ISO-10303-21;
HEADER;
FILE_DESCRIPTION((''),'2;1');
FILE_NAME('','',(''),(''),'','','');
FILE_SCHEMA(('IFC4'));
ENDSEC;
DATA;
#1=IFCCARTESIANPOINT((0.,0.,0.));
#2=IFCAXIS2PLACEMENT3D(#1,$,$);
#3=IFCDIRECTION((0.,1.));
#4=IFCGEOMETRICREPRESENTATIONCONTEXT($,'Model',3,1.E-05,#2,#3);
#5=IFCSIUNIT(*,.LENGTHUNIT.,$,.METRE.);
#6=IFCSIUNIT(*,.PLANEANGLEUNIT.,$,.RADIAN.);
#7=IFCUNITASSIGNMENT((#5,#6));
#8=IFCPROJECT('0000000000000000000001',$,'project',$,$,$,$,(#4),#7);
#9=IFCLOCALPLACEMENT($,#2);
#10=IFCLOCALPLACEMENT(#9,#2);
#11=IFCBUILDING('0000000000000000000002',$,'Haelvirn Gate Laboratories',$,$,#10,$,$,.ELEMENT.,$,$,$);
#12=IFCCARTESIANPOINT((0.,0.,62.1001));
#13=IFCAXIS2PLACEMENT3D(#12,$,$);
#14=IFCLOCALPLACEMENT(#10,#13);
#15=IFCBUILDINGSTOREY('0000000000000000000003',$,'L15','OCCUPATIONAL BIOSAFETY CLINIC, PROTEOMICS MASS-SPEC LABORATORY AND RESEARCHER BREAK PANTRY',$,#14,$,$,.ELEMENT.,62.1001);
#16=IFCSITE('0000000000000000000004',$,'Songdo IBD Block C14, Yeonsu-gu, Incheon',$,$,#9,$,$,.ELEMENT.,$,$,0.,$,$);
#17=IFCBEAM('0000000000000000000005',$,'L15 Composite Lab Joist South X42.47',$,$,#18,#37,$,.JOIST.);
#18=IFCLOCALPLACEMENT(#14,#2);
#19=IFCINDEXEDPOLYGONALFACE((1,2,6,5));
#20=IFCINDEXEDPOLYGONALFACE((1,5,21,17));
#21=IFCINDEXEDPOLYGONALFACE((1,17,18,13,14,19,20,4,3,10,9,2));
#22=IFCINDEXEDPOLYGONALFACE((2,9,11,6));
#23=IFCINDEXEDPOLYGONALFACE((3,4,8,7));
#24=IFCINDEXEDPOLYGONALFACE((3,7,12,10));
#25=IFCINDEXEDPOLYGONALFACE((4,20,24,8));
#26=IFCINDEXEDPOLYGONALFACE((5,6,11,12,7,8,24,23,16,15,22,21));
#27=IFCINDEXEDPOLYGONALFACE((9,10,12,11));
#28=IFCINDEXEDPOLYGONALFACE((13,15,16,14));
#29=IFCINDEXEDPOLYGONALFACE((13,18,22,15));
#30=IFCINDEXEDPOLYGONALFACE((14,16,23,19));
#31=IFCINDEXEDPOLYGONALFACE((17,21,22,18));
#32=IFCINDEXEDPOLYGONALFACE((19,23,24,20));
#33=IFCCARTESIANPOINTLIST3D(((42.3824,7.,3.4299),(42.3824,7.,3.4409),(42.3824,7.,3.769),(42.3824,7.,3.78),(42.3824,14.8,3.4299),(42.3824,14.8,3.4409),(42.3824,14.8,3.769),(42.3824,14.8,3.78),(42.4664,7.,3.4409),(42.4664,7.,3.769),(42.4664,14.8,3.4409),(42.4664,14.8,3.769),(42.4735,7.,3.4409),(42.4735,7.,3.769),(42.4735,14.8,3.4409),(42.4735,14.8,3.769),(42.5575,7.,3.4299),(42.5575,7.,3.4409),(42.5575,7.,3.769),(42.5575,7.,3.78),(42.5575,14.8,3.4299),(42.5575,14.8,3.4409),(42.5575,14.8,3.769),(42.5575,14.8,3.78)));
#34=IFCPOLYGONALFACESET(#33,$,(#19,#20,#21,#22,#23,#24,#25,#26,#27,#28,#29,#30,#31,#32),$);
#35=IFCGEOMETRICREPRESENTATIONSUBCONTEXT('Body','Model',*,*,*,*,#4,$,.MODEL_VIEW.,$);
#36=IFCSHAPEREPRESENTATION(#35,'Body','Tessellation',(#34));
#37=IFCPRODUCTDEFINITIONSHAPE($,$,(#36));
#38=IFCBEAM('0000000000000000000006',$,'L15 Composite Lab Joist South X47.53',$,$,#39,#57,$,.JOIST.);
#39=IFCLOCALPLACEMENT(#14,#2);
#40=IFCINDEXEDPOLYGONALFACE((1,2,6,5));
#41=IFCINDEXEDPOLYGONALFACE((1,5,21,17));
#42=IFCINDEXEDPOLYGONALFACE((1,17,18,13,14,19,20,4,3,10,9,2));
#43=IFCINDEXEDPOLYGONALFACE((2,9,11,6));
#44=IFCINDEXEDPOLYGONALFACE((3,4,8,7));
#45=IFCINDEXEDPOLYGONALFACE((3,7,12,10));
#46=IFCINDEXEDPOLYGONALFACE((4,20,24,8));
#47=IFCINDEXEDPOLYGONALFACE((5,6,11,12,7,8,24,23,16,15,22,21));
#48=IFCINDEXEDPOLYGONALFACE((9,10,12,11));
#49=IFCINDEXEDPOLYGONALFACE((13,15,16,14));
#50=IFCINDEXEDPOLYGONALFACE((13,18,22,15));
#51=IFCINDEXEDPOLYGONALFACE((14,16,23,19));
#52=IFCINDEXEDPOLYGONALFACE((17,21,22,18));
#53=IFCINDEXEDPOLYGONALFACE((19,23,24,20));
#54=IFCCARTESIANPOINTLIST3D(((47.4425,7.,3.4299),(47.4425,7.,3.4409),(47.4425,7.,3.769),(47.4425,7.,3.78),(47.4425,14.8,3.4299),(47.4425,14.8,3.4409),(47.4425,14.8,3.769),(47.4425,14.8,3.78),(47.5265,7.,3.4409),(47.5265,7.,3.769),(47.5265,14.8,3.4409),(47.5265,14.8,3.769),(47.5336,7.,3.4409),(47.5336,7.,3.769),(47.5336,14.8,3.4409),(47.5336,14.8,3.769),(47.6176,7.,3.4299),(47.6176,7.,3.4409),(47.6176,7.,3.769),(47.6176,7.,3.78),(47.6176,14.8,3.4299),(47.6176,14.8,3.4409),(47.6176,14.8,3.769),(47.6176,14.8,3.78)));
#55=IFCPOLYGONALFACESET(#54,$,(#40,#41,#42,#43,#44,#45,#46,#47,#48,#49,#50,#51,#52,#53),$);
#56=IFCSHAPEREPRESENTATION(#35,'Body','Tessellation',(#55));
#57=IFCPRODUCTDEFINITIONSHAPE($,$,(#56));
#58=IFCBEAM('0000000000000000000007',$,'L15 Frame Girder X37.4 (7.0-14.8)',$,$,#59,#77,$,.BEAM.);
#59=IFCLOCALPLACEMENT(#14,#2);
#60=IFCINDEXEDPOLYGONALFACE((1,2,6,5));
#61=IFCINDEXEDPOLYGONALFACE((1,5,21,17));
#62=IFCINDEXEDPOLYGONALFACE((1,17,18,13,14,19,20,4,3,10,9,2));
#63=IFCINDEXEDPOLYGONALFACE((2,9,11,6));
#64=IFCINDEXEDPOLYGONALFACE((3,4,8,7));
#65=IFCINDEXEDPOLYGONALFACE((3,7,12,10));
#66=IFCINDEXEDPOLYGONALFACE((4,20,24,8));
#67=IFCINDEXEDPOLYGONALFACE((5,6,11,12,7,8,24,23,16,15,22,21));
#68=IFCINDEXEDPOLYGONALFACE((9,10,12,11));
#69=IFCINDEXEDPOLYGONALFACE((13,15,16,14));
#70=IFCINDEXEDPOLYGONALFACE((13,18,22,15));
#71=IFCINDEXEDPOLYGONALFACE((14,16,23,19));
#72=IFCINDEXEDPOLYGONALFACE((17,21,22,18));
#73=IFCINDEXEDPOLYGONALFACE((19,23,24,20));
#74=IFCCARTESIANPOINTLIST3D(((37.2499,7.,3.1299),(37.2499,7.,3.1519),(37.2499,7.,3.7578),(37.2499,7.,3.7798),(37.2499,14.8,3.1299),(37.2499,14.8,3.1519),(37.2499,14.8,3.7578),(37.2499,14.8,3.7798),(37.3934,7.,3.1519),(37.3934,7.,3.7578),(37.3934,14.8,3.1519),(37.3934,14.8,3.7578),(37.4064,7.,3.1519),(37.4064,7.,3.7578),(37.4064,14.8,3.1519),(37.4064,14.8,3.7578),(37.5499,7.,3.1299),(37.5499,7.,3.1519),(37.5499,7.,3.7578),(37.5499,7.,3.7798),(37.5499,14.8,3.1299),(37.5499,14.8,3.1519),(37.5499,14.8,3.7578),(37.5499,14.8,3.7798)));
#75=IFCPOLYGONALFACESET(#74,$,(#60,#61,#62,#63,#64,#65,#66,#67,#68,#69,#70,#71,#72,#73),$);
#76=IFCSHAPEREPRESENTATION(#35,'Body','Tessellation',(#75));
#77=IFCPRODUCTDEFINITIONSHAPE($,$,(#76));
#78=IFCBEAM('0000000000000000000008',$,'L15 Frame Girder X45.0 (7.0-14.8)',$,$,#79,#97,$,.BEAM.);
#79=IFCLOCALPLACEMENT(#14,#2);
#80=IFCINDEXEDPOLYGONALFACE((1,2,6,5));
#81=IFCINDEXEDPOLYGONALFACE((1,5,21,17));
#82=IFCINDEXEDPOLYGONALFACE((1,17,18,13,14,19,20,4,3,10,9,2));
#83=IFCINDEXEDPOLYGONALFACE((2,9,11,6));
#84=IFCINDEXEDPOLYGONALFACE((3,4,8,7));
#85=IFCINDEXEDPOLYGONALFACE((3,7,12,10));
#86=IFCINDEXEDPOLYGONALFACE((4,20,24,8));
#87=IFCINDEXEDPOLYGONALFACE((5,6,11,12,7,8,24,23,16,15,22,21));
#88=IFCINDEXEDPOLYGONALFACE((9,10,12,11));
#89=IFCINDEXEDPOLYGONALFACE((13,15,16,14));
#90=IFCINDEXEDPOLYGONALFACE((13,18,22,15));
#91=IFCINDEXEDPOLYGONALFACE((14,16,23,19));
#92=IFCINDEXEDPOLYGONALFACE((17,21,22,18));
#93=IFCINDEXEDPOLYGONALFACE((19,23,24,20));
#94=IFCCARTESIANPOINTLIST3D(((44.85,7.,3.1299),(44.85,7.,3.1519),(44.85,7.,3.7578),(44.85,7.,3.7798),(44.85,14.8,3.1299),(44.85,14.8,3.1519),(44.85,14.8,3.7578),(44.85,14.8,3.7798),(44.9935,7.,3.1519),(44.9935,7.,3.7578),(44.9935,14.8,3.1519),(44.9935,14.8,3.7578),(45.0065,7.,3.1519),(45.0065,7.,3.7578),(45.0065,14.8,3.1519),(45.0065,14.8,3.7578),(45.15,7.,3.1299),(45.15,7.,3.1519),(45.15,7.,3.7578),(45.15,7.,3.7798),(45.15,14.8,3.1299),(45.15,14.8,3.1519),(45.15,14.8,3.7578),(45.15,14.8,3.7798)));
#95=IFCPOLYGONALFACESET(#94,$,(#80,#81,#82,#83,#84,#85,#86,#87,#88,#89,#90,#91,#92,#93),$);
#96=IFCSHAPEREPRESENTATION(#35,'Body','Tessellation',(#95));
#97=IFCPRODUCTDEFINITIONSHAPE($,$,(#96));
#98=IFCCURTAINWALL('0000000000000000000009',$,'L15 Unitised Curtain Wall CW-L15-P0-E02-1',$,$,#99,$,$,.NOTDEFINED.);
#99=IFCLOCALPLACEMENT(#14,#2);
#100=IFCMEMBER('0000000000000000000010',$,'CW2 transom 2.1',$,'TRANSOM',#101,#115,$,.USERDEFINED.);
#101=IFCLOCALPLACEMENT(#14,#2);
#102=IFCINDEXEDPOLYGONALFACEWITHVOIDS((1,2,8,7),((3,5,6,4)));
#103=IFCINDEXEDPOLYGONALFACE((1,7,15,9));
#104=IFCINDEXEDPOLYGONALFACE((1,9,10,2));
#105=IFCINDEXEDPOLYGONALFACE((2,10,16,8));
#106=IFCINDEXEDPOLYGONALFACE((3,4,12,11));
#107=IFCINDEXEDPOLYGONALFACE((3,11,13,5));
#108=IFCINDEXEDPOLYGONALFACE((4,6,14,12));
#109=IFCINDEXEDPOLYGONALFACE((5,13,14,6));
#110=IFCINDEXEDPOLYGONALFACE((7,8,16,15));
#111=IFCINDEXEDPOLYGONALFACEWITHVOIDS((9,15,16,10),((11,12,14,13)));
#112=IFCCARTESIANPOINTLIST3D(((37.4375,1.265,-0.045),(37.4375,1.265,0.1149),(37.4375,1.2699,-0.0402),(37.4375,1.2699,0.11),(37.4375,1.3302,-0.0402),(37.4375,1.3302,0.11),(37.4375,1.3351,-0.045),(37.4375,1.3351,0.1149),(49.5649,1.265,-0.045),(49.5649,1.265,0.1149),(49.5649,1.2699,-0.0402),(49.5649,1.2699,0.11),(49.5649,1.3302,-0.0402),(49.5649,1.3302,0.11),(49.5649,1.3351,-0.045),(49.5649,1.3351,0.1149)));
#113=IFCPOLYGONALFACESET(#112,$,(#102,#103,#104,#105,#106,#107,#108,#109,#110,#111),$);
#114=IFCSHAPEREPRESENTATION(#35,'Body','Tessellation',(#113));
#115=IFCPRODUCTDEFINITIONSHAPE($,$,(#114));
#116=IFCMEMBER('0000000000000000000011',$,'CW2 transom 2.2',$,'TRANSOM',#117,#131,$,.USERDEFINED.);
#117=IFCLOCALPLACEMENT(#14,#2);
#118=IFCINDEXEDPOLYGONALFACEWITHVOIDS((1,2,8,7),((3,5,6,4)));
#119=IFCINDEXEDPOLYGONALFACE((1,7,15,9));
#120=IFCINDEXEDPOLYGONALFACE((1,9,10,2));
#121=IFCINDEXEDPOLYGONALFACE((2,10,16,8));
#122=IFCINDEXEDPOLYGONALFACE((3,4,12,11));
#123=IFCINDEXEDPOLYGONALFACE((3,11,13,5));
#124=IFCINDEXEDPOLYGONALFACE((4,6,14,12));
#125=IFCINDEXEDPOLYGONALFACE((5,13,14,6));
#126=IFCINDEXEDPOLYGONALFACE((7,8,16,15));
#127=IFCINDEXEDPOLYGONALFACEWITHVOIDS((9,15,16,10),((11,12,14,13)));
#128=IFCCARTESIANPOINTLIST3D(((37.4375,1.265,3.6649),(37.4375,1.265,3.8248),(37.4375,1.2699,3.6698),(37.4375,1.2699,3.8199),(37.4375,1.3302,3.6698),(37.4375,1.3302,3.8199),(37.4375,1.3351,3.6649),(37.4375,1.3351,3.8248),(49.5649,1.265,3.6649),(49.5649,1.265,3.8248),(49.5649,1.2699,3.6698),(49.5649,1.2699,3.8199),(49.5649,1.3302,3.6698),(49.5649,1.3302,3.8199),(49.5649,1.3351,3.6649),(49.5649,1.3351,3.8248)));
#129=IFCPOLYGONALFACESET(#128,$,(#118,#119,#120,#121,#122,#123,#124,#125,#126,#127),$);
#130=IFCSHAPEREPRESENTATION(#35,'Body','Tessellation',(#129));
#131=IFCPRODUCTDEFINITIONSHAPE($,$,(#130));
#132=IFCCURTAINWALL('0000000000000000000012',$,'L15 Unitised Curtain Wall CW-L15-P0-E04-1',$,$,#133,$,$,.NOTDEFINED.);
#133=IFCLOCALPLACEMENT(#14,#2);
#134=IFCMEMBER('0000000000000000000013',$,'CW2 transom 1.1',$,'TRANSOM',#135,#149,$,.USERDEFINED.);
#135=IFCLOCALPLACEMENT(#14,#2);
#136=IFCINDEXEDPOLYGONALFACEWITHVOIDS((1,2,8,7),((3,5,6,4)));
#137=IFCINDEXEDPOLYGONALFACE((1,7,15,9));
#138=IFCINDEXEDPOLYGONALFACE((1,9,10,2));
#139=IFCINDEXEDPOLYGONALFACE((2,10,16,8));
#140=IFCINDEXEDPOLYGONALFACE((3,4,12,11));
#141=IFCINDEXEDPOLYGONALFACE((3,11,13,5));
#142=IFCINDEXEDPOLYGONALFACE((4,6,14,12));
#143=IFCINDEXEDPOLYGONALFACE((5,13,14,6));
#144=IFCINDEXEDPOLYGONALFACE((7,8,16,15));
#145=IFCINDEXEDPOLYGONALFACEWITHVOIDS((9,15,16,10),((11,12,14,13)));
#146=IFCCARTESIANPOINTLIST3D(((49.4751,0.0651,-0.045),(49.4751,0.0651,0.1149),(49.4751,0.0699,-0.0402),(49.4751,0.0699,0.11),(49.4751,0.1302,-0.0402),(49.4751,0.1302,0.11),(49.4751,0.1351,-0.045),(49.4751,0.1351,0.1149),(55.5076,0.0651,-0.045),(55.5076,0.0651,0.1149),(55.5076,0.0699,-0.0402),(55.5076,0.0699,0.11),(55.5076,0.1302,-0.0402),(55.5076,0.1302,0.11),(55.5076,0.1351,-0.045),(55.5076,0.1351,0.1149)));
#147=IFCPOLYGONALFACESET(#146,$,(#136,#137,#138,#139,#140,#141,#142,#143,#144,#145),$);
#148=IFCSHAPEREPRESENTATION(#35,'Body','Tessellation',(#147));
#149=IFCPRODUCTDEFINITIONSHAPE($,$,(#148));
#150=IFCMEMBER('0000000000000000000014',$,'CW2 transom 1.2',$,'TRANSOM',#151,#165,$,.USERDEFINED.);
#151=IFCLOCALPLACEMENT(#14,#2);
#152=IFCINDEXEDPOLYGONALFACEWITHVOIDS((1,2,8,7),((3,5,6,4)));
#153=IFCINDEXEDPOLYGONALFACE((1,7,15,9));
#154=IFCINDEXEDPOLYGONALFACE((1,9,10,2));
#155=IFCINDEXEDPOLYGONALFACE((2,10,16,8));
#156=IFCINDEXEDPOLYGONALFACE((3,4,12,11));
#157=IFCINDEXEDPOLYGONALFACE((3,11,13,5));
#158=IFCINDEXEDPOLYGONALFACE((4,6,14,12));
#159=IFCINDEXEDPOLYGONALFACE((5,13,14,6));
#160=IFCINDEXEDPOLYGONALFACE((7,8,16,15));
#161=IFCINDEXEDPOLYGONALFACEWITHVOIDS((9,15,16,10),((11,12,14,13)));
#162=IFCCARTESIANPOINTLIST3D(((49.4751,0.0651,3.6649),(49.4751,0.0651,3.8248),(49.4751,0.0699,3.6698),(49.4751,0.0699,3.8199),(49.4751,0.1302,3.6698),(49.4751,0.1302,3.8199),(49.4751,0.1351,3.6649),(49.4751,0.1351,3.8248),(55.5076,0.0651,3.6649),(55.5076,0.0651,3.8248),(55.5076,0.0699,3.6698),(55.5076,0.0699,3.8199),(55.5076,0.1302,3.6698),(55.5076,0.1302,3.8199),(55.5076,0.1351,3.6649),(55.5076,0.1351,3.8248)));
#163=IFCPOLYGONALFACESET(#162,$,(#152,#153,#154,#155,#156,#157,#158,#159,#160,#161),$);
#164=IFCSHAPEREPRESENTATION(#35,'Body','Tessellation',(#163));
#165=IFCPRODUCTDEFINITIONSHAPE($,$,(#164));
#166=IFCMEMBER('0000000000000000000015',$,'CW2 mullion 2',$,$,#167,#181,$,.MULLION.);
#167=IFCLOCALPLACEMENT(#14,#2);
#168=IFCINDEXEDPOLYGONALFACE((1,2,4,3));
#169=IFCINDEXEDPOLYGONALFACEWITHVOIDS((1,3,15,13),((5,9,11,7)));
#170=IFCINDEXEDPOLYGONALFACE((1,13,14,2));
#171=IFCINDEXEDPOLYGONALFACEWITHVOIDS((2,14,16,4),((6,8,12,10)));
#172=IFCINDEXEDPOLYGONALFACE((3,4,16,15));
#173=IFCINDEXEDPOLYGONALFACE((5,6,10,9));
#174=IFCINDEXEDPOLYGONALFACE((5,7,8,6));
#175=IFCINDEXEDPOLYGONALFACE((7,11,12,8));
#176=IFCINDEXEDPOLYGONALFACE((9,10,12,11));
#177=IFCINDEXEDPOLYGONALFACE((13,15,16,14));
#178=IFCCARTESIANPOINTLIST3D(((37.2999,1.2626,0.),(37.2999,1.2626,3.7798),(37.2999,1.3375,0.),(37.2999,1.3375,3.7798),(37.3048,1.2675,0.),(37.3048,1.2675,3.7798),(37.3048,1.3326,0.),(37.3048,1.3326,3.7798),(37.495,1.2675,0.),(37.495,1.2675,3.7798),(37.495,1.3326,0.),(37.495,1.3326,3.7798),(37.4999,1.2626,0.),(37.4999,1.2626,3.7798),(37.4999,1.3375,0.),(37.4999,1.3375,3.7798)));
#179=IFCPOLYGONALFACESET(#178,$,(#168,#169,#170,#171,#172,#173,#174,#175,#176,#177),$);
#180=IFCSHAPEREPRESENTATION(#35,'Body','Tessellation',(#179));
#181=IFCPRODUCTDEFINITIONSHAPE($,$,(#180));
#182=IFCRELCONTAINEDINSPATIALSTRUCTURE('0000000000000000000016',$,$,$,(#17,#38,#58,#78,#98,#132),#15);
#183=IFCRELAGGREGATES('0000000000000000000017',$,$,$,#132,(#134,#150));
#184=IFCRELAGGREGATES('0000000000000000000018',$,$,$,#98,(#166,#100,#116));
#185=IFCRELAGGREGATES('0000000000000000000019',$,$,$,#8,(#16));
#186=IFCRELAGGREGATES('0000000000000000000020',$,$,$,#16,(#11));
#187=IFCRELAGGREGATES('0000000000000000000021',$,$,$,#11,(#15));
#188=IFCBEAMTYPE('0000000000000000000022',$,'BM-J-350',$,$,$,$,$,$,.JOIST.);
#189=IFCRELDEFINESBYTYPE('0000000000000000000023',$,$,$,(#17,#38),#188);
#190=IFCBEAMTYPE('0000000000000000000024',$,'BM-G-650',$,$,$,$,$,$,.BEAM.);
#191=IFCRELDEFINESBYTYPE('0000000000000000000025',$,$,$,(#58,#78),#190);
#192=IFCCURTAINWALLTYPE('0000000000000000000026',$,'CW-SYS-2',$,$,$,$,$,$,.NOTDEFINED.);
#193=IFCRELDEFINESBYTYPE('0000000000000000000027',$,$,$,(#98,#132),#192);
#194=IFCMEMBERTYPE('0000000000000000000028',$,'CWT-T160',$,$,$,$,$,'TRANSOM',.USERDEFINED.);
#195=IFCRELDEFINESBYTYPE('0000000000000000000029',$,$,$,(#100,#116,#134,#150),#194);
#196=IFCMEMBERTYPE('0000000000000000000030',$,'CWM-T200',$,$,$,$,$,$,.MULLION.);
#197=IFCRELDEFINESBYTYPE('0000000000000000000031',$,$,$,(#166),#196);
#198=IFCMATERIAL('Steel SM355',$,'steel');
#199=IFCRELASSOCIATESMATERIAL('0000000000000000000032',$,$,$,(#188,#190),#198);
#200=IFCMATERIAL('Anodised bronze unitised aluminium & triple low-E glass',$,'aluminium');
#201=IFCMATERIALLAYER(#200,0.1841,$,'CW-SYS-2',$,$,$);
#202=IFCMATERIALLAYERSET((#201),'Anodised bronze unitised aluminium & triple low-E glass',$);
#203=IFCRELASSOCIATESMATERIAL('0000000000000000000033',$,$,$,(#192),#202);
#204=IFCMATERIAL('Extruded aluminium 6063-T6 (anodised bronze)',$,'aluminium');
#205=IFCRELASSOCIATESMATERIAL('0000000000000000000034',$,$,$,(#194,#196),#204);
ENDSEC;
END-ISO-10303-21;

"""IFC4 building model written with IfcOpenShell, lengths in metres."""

from ifc_helpers import new_model, si_unit, direction, frame, origin, origin_2d, place, context, subcontext, project, spatial, hollow_rectangle, i_section, extrude, source, transform, mapped, material, layer, layer_set, material_profile, profile_set, type_object, type_shapes, element, aggregate, save


model = new_model("IFC4")

# Units and contexts
model_context = context("Model", 3, precision=1e-05, world=origin(), true_north=direction((0.0, 1.0)))
body_context = subcontext(model_context, "Body", "Model", "MODEL_VIEW")
ifc_project = project(units=[si_unit("LENGTHUNIT", "METRE"), si_unit("PLANEANGLEUNIT", "RADIAN")], contexts=[model_context])

# Site, building, storey
site_placement = place(None, origin())
site = spatial("IfcSite", under=ifc_project, at=site_placement, Name="Songdo IBD Block C14, Yeonsu-gu, Incheon", CompositionType="ELEMENT", RefElevation=0.0)
building_placement = place(site_placement, origin())
building = spatial("IfcBuilding", under=site, at=building_placement, Name="Haelvirn Gate Laboratories", CompositionType="ELEMENT")
storey_placement = place(building_placement, frame((0.0, 0.0, 62.1001)))
storey = spatial("IfcBuildingStorey", under=building, at=storey_placement, Name="L15", Description="OCCUPATIONAL BIOSAFETY CLINIC, PROTEOMICS MASS-SPEC LABORATORY AND RESEARCHER BREAK PANTRY", CompositionType="ELEMENT", Elevation=62.1001)

# Beams
ifc_material_1 = material(Name="Steel SM355", Category="steel")
ifc_material_profile_1 = material_profile(ifc_material_1, i_section(OverallWidth=0.175, OverallDepth=0.3501, WebThickness=0.0071, FlangeThickness=0.011, at=origin_2d()), Name="H-350x175x7x11")
ifc_profile_set_1 = profile_set([ifc_material_profile_1], Name="Steel SM355")
beam_type_1 = type_object("IfcBeamType", Name="BM-J-350", PredefinedType="JOIST", material=ifc_profile_set_1)
shared_shape_1 = source(origin(), body_context, "Body", "SweptSolid", [
    extrude(i_section(OverallWidth=0.175, OverallDepth=0.3501, WebThickness=0.0071, FlangeThickness=0.011, at=origin_2d()), origin(), (0.0, 0.0, 1.0), 7.8),
])
type_shapes(beam_type_1, [shared_shape_1])
for number, where, z_axis, x_axis, name in (
    (1, (42.47, 7.0, 3.605), (0.0, 1.0, 0.0), (-1.0, 0.0, 0.0), "L15 Composite Lab Joist South X42.47"),
    (2, (47.53, 7.0, 3.605), (0.0, 1.0, 0.0), (-1.0, 0.0, 0.0), "L15 Composite Lab Joist South X47.53"),
):
    element("IfcBeam", number, at=place(storey_placement, frame(where, z_axis=z_axis, x_axis=x_axis)), inside=storey, type_object=beam_type_1, Name=name, PredefinedType="JOIST", context=body_context, shape_type="MappedRepresentation", body=[
        mapped(shared_shape_1, transform((0.0, 0.0, 0.0), scale=1.0)),
    ])
ifc_material_profile_2 = material_profile(ifc_material_1, i_section(OverallWidth=0.3, OverallDepth=0.6499, WebThickness=0.0129, FlangeThickness=0.022, at=origin_2d()), Name="H-650x300x13x22")
ifc_profile_set_2 = profile_set([ifc_material_profile_2], Name="Steel SM355")
beam_type_2 = type_object("IfcBeamType", Name="BM-G-650", PredefinedType="BEAM", material=ifc_profile_set_2)
shared_shape_2 = source(origin(), body_context, "Body", "SweptSolid", [
    extrude(i_section(OverallWidth=0.3, OverallDepth=0.6499, WebThickness=0.0129, FlangeThickness=0.022, at=origin_2d()), origin(), (0.0, 0.0, 1.0), 7.8),
])
type_shapes(beam_type_2, [shared_shape_2])
for number, where, z_axis, x_axis, name in (
    (3, (37.3999, 7.0, 3.4548), (0.0, 1.0, 0.0), (-1.0, 0.0, 0.0), "L15 Frame Girder X37.4 (7.0-14.8)"),
    (4, (45.0, 7.0, 3.4548), (0.0, 1.0, 0.0), (-1.0, 0.0, 0.0), "L15 Frame Girder X45.0 (7.0-14.8)"),
):
    element("IfcBeam", number, at=place(storey_placement, frame(where, z_axis=z_axis, x_axis=x_axis)), inside=storey, type_object=beam_type_2, Name=name, PredefinedType="BEAM", context=body_context, shape_type="MappedRepresentation", body=[
        mapped(shared_shape_2, transform((0.0, 0.0, 0.0), scale=1.0)),
    ])

# Curtain walls, members
ifc_material_2 = material(Name="Anodised bronze unitised aluminium & triple low-E glass", Category="aluminium")
ifc_layer_1 = layer(ifc_material_2, 0.1841, Name="CW-SYS-2")
ifc_layer_set_1 = layer_set([ifc_layer_1], Name="Anodised bronze unitised aluminium & triple low-E glass")
curtain_wall_type = type_object("IfcCurtainWallType", Name="CW-SYS-2", PredefinedType="NOTDEFINED", material=ifc_layer_set_1)
curtain_wall_1_placement = place(storey_placement, origin())
curtain_wall_1 = element("IfcCurtainWall", 5, at=curtain_wall_1_placement, inside=storey, type_object=curtain_wall_type, Name="L15 Unitised Curtain Wall CW-L15-P0-E02-1", PredefinedType="NOTDEFINED")
ifc_material_3 = material(Name="Extruded aluminium 6063-T6 (anodised bronze)", Category="aluminium")
ifc_material_profile_3 = material_profile(ifc_material_3, hollow_rectangle(XDim=0.0701, YDim=0.1599, WallThickness=0.0049, at=origin_2d()), Name="CWT-160x70x5")
ifc_profile_set_3 = profile_set([ifc_material_profile_3], Name="Extruded aluminium 6063-T6 (anodised bronze)")
member_type_1 = type_object("IfcMemberType", Name="CWT-T160", ElementType="TRANSOM", PredefinedType="USERDEFINED", material=ifc_profile_set_3)
shared_shape_3 = source(origin(), body_context, "Body", "SweptSolid", [
    extrude(hollow_rectangle(XDim=0.0701, YDim=0.1599, WallThickness=0.0049, at=origin_2d()), origin(), (0.0, 0.0, 1.0), 12.1274),
])
member_1_placement = place(storey_placement, frame((37.4375, 1.3, 0.0349), z_axis=(1.0, 0.0, 0.0), x_axis=(0.0, 1.0, 0.0)))
member_1 = element("IfcMember", 6, at=member_1_placement, type_object=member_type_1, Name="CW2 transom 2.1", ObjectType="TRANSOM", PredefinedType="USERDEFINED", context=body_context, shape_type="MappedRepresentation", body=[
    mapped(shared_shape_3, transform((0.0, 0.0, 0.0), scale=1.0)),
])
member_2_placement = place(storey_placement, frame((37.4375, 1.3, 3.7449), z_axis=(1.0, 0.0, 0.0), x_axis=(0.0, 1.0, 0.0)))
member_2 = element("IfcMember", 7, at=member_2_placement, type_object=member_type_1, Name="CW2 transom 2.2", ObjectType="TRANSOM", PredefinedType="USERDEFINED", context=body_context, shape_type="MappedRepresentation", body=[
    mapped(shared_shape_3, transform((0.0, 0.0, 0.0), scale=1.0)),
])
curtain_wall_2_placement = place(storey_placement, origin())
curtain_wall_2 = element("IfcCurtainWall", 8, at=curtain_wall_2_placement, inside=storey, type_object=curtain_wall_type, Name="L15 Unitised Curtain Wall CW-L15-P0-E04-1", PredefinedType="NOTDEFINED")
shared_shape_4 = source(origin(), body_context, "Body", "SweptSolid", [
    extrude(hollow_rectangle(XDim=0.0701, YDim=0.1599, WallThickness=0.0049, at=origin_2d()), origin(), (0.0, 0.0, 1.0), 6.0325),
])
type_shapes(member_type_1, [shared_shape_3, shared_shape_4])
member_3_placement = place(storey_placement, frame((49.4751, 0.1001, 0.0349), z_axis=(1.0, 0.0, 0.0), x_axis=(0.0, 1.0, 0.0)))
member_3 = element("IfcMember", 9, at=member_3_placement, type_object=member_type_1, Name="CW2 transom 1.1", ObjectType="TRANSOM", PredefinedType="USERDEFINED", context=body_context, shape_type="MappedRepresentation", body=[
    mapped(shared_shape_4, transform((0.0, 0.0, 0.0), scale=1.0)),
])
member_4_placement = place(storey_placement, frame((49.4751, 0.1001, 3.7449), z_axis=(1.0, 0.0, 0.0), x_axis=(0.0, 1.0, 0.0)))
member_4 = element("IfcMember", 10, at=member_4_placement, type_object=member_type_1, Name="CW2 transom 1.2", ObjectType="TRANSOM", PredefinedType="USERDEFINED", context=body_context, shape_type="MappedRepresentation", body=[
    mapped(shared_shape_4, transform((0.0, 0.0, 0.0), scale=1.0)),
])

# Member
ifc_material_profile_4 = material_profile(ifc_material_3, hollow_rectangle(XDim=0.075, YDim=0.2, WallThickness=0.0049, at=origin_2d()), Name="CWM-200x75x5")
ifc_profile_set_4 = profile_set([ifc_material_profile_4], Name="Extruded aluminium 6063-T6 (anodised bronze)")
member_type_2 = type_object("IfcMemberType", Name="CWM-T200", PredefinedType="MULLION", material=ifc_profile_set_4)
shared_shape_5 = source(origin(), body_context, "Body", "SweptSolid", [
    extrude(hollow_rectangle(XDim=0.075, YDim=0.2, WallThickness=0.0049, at=origin_2d()), origin(), (0.0, 0.0, 1.0), 3.7798),
])
type_shapes(member_type_2, [shared_shape_5])
member_5_placement = place(storey_placement, frame((37.3999, 1.3, 0.0), z_axis=(0.0, 0.0, 1.0), x_axis=(0.0, 1.0, 0.0)))
member_5 = element("IfcMember", 11, at=member_5_placement, type_object=member_type_2, Name="CW2 mullion 2", PredefinedType="MULLION", context=body_context, shape_type="MappedRepresentation", body=[
    mapped(shared_shape_5, transform((0.0, 0.0, 0.0), scale=1.0)),
])
aggregate(curtain_wall_2, [member_3, member_4])

aggregate(curtain_wall_1, [member_5, member_1, member_2])

save(model, "model.ifc")
